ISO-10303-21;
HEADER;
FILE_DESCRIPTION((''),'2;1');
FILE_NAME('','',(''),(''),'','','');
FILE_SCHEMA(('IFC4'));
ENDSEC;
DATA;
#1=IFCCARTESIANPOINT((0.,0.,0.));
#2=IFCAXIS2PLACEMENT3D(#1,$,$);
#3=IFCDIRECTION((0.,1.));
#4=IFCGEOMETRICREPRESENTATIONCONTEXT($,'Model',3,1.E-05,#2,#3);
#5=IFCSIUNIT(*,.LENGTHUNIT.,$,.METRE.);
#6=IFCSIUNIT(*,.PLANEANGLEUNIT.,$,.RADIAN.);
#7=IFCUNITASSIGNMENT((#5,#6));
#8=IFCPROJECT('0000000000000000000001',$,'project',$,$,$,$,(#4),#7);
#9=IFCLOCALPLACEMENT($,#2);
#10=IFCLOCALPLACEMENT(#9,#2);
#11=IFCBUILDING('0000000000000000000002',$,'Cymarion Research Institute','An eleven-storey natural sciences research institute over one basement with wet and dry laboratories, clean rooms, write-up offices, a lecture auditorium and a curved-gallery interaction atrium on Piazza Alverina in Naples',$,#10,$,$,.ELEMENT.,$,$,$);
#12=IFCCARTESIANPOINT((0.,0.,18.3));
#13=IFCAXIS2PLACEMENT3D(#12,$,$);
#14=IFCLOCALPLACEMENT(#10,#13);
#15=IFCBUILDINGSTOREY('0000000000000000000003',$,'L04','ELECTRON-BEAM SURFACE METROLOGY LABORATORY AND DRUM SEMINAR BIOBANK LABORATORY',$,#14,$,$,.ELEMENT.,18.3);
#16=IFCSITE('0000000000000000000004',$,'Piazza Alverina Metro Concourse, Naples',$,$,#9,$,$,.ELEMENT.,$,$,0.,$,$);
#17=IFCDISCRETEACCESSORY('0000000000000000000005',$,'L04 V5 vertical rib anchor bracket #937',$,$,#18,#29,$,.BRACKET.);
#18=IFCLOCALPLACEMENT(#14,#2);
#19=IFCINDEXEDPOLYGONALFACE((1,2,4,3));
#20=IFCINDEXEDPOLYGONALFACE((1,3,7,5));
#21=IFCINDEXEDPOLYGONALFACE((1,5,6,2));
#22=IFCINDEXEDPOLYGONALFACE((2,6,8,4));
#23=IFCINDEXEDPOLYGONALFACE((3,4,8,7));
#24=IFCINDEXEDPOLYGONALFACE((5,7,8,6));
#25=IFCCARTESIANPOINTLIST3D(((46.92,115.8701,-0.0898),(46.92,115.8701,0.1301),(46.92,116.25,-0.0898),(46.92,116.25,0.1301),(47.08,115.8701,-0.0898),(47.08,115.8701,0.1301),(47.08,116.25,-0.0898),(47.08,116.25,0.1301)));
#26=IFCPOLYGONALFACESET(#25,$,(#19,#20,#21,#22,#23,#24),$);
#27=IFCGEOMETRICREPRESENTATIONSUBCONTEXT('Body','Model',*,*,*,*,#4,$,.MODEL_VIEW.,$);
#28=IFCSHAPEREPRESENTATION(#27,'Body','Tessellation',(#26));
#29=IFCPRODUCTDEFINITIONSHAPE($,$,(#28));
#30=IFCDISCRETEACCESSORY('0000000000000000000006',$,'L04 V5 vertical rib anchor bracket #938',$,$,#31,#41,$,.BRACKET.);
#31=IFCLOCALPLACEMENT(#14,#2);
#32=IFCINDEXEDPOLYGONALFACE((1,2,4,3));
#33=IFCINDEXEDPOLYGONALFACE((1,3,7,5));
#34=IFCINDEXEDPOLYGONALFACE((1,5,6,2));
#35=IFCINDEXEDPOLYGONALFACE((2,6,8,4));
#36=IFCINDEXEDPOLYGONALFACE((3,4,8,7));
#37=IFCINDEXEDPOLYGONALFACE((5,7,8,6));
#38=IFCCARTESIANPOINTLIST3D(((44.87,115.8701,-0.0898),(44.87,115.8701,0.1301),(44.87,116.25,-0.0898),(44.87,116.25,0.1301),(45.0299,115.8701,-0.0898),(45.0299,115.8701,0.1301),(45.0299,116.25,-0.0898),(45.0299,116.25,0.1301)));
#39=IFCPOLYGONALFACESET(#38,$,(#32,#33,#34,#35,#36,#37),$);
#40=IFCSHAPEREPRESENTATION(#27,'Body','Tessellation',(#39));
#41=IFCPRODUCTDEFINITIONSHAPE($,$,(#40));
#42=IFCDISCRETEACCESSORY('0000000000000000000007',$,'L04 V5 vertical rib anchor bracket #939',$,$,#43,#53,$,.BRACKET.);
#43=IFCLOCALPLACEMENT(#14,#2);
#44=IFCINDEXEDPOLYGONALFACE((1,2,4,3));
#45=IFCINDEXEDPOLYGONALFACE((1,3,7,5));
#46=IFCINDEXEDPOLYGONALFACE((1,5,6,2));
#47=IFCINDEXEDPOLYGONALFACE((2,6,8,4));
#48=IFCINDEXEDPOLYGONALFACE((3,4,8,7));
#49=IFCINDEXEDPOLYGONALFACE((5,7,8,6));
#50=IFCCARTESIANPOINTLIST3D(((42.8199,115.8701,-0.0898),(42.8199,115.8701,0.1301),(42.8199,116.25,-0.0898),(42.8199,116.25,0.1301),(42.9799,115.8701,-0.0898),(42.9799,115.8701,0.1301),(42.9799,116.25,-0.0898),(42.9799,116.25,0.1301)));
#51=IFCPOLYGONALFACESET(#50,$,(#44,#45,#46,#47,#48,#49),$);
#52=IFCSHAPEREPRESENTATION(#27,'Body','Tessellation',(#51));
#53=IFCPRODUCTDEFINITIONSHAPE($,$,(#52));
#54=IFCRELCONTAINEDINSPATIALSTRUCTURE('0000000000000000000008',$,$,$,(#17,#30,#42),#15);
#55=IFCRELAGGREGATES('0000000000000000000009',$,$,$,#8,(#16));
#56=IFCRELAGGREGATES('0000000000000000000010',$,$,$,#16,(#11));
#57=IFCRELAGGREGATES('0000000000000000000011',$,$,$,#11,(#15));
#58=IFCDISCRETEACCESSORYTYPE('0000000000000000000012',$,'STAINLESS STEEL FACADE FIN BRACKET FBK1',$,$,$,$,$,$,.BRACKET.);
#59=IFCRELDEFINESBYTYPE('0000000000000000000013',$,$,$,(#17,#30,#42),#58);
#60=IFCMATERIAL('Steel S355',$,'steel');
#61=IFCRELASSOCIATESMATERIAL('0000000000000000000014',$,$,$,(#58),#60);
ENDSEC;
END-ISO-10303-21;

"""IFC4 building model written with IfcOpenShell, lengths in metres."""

from ifc_helpers import new_model, si_unit, direction, frame, origin, origin_2d, place, context, subcontext, project, spatial, rectangle, extrude, material, type_object, element, save


model = new_model("IFC4")

# Units and contexts
model_context = context("Model", 3, precision=1e-05, world=origin(), true_north=direction((0.0, 1.0)))
body_context = subcontext(model_context, "Body", "Model", "MODEL_VIEW")
ifc_project = project(units=[si_unit("LENGTHUNIT", "METRE"), si_unit("PLANEANGLEUNIT", "RADIAN")], contexts=[model_context])

# Site, building, storey
site_placement = place(None, origin())
site = spatial("IfcSite", under=ifc_project, at=site_placement, Name="Piazza Alverina Metro Concourse, Naples", CompositionType="ELEMENT", RefElevation=0.0)
building_placement = place(site_placement, origin())
building = spatial("IfcBuilding", under=site, at=building_placement, Name="Cymarion Research Institute", Description="An eleven-storey natural sciences research institute over one basement with wet and dry laboratories, clean rooms, write-up offices, a lecture auditorium and a curved-gallery interaction atrium on Piazza Alverina in Naples", CompositionType="ELEMENT")
storey_placement = place(building_placement, frame((0.0, 0.0, 18.3)))
storey = spatial("IfcBuildingStorey", under=building, at=storey_placement, Name="L04", Description="ELECTRON-BEAM SURFACE METROLOGY LABORATORY AND DRUM SEMINAR BIOBANK LABORATORY", CompositionType="ELEMENT", Elevation=18.3)

# Shared definitions
ifc_material_1 = material(Name="Steel S355", Category="steel")

# Discrete accessories
discrete_accessory_type = type_object("IfcDiscreteAccessoryType", Name="STAINLESS STEEL FACADE FIN BRACKET FBK1", PredefinedType="BRACKET", material=ifc_material_1)
for number, where, z_axis, x_axis, name in (
    (1, (47.0, 116.0601, -0.0898), (0.0, 0.0, 1.0), (0.0, 1.0, 0.0), "L04 V5 vertical rib anchor bracket #937"),
    (2, (44.95, 116.0601, -0.0898), (0.0, 0.0, 1.0), (0.0, 1.0, 0.0), "L04 V5 vertical rib anchor bracket #938"),
    (3, (42.8999, 116.0601, -0.0898), (0.0, 0.0, 1.0), (0.0, 1.0, 0.0), "L04 V5 vertical rib anchor bracket #939"),
):
    element("IfcDiscreteAccessory", number, at=place(storey_placement, frame(where, z_axis=z_axis, x_axis=x_axis)), inside=storey, type_object=discrete_accessory_type, Name=name, PredefinedType="BRACKET", context=body_context, shape_type="SweptSolid", body=[
        extrude(rectangle(XDim=0.3799, YDim=0.1599, at=origin_2d()), origin(), (0.0, 0.0, 1.0), 0.22),
    ])

save(model, "model.ifc")
